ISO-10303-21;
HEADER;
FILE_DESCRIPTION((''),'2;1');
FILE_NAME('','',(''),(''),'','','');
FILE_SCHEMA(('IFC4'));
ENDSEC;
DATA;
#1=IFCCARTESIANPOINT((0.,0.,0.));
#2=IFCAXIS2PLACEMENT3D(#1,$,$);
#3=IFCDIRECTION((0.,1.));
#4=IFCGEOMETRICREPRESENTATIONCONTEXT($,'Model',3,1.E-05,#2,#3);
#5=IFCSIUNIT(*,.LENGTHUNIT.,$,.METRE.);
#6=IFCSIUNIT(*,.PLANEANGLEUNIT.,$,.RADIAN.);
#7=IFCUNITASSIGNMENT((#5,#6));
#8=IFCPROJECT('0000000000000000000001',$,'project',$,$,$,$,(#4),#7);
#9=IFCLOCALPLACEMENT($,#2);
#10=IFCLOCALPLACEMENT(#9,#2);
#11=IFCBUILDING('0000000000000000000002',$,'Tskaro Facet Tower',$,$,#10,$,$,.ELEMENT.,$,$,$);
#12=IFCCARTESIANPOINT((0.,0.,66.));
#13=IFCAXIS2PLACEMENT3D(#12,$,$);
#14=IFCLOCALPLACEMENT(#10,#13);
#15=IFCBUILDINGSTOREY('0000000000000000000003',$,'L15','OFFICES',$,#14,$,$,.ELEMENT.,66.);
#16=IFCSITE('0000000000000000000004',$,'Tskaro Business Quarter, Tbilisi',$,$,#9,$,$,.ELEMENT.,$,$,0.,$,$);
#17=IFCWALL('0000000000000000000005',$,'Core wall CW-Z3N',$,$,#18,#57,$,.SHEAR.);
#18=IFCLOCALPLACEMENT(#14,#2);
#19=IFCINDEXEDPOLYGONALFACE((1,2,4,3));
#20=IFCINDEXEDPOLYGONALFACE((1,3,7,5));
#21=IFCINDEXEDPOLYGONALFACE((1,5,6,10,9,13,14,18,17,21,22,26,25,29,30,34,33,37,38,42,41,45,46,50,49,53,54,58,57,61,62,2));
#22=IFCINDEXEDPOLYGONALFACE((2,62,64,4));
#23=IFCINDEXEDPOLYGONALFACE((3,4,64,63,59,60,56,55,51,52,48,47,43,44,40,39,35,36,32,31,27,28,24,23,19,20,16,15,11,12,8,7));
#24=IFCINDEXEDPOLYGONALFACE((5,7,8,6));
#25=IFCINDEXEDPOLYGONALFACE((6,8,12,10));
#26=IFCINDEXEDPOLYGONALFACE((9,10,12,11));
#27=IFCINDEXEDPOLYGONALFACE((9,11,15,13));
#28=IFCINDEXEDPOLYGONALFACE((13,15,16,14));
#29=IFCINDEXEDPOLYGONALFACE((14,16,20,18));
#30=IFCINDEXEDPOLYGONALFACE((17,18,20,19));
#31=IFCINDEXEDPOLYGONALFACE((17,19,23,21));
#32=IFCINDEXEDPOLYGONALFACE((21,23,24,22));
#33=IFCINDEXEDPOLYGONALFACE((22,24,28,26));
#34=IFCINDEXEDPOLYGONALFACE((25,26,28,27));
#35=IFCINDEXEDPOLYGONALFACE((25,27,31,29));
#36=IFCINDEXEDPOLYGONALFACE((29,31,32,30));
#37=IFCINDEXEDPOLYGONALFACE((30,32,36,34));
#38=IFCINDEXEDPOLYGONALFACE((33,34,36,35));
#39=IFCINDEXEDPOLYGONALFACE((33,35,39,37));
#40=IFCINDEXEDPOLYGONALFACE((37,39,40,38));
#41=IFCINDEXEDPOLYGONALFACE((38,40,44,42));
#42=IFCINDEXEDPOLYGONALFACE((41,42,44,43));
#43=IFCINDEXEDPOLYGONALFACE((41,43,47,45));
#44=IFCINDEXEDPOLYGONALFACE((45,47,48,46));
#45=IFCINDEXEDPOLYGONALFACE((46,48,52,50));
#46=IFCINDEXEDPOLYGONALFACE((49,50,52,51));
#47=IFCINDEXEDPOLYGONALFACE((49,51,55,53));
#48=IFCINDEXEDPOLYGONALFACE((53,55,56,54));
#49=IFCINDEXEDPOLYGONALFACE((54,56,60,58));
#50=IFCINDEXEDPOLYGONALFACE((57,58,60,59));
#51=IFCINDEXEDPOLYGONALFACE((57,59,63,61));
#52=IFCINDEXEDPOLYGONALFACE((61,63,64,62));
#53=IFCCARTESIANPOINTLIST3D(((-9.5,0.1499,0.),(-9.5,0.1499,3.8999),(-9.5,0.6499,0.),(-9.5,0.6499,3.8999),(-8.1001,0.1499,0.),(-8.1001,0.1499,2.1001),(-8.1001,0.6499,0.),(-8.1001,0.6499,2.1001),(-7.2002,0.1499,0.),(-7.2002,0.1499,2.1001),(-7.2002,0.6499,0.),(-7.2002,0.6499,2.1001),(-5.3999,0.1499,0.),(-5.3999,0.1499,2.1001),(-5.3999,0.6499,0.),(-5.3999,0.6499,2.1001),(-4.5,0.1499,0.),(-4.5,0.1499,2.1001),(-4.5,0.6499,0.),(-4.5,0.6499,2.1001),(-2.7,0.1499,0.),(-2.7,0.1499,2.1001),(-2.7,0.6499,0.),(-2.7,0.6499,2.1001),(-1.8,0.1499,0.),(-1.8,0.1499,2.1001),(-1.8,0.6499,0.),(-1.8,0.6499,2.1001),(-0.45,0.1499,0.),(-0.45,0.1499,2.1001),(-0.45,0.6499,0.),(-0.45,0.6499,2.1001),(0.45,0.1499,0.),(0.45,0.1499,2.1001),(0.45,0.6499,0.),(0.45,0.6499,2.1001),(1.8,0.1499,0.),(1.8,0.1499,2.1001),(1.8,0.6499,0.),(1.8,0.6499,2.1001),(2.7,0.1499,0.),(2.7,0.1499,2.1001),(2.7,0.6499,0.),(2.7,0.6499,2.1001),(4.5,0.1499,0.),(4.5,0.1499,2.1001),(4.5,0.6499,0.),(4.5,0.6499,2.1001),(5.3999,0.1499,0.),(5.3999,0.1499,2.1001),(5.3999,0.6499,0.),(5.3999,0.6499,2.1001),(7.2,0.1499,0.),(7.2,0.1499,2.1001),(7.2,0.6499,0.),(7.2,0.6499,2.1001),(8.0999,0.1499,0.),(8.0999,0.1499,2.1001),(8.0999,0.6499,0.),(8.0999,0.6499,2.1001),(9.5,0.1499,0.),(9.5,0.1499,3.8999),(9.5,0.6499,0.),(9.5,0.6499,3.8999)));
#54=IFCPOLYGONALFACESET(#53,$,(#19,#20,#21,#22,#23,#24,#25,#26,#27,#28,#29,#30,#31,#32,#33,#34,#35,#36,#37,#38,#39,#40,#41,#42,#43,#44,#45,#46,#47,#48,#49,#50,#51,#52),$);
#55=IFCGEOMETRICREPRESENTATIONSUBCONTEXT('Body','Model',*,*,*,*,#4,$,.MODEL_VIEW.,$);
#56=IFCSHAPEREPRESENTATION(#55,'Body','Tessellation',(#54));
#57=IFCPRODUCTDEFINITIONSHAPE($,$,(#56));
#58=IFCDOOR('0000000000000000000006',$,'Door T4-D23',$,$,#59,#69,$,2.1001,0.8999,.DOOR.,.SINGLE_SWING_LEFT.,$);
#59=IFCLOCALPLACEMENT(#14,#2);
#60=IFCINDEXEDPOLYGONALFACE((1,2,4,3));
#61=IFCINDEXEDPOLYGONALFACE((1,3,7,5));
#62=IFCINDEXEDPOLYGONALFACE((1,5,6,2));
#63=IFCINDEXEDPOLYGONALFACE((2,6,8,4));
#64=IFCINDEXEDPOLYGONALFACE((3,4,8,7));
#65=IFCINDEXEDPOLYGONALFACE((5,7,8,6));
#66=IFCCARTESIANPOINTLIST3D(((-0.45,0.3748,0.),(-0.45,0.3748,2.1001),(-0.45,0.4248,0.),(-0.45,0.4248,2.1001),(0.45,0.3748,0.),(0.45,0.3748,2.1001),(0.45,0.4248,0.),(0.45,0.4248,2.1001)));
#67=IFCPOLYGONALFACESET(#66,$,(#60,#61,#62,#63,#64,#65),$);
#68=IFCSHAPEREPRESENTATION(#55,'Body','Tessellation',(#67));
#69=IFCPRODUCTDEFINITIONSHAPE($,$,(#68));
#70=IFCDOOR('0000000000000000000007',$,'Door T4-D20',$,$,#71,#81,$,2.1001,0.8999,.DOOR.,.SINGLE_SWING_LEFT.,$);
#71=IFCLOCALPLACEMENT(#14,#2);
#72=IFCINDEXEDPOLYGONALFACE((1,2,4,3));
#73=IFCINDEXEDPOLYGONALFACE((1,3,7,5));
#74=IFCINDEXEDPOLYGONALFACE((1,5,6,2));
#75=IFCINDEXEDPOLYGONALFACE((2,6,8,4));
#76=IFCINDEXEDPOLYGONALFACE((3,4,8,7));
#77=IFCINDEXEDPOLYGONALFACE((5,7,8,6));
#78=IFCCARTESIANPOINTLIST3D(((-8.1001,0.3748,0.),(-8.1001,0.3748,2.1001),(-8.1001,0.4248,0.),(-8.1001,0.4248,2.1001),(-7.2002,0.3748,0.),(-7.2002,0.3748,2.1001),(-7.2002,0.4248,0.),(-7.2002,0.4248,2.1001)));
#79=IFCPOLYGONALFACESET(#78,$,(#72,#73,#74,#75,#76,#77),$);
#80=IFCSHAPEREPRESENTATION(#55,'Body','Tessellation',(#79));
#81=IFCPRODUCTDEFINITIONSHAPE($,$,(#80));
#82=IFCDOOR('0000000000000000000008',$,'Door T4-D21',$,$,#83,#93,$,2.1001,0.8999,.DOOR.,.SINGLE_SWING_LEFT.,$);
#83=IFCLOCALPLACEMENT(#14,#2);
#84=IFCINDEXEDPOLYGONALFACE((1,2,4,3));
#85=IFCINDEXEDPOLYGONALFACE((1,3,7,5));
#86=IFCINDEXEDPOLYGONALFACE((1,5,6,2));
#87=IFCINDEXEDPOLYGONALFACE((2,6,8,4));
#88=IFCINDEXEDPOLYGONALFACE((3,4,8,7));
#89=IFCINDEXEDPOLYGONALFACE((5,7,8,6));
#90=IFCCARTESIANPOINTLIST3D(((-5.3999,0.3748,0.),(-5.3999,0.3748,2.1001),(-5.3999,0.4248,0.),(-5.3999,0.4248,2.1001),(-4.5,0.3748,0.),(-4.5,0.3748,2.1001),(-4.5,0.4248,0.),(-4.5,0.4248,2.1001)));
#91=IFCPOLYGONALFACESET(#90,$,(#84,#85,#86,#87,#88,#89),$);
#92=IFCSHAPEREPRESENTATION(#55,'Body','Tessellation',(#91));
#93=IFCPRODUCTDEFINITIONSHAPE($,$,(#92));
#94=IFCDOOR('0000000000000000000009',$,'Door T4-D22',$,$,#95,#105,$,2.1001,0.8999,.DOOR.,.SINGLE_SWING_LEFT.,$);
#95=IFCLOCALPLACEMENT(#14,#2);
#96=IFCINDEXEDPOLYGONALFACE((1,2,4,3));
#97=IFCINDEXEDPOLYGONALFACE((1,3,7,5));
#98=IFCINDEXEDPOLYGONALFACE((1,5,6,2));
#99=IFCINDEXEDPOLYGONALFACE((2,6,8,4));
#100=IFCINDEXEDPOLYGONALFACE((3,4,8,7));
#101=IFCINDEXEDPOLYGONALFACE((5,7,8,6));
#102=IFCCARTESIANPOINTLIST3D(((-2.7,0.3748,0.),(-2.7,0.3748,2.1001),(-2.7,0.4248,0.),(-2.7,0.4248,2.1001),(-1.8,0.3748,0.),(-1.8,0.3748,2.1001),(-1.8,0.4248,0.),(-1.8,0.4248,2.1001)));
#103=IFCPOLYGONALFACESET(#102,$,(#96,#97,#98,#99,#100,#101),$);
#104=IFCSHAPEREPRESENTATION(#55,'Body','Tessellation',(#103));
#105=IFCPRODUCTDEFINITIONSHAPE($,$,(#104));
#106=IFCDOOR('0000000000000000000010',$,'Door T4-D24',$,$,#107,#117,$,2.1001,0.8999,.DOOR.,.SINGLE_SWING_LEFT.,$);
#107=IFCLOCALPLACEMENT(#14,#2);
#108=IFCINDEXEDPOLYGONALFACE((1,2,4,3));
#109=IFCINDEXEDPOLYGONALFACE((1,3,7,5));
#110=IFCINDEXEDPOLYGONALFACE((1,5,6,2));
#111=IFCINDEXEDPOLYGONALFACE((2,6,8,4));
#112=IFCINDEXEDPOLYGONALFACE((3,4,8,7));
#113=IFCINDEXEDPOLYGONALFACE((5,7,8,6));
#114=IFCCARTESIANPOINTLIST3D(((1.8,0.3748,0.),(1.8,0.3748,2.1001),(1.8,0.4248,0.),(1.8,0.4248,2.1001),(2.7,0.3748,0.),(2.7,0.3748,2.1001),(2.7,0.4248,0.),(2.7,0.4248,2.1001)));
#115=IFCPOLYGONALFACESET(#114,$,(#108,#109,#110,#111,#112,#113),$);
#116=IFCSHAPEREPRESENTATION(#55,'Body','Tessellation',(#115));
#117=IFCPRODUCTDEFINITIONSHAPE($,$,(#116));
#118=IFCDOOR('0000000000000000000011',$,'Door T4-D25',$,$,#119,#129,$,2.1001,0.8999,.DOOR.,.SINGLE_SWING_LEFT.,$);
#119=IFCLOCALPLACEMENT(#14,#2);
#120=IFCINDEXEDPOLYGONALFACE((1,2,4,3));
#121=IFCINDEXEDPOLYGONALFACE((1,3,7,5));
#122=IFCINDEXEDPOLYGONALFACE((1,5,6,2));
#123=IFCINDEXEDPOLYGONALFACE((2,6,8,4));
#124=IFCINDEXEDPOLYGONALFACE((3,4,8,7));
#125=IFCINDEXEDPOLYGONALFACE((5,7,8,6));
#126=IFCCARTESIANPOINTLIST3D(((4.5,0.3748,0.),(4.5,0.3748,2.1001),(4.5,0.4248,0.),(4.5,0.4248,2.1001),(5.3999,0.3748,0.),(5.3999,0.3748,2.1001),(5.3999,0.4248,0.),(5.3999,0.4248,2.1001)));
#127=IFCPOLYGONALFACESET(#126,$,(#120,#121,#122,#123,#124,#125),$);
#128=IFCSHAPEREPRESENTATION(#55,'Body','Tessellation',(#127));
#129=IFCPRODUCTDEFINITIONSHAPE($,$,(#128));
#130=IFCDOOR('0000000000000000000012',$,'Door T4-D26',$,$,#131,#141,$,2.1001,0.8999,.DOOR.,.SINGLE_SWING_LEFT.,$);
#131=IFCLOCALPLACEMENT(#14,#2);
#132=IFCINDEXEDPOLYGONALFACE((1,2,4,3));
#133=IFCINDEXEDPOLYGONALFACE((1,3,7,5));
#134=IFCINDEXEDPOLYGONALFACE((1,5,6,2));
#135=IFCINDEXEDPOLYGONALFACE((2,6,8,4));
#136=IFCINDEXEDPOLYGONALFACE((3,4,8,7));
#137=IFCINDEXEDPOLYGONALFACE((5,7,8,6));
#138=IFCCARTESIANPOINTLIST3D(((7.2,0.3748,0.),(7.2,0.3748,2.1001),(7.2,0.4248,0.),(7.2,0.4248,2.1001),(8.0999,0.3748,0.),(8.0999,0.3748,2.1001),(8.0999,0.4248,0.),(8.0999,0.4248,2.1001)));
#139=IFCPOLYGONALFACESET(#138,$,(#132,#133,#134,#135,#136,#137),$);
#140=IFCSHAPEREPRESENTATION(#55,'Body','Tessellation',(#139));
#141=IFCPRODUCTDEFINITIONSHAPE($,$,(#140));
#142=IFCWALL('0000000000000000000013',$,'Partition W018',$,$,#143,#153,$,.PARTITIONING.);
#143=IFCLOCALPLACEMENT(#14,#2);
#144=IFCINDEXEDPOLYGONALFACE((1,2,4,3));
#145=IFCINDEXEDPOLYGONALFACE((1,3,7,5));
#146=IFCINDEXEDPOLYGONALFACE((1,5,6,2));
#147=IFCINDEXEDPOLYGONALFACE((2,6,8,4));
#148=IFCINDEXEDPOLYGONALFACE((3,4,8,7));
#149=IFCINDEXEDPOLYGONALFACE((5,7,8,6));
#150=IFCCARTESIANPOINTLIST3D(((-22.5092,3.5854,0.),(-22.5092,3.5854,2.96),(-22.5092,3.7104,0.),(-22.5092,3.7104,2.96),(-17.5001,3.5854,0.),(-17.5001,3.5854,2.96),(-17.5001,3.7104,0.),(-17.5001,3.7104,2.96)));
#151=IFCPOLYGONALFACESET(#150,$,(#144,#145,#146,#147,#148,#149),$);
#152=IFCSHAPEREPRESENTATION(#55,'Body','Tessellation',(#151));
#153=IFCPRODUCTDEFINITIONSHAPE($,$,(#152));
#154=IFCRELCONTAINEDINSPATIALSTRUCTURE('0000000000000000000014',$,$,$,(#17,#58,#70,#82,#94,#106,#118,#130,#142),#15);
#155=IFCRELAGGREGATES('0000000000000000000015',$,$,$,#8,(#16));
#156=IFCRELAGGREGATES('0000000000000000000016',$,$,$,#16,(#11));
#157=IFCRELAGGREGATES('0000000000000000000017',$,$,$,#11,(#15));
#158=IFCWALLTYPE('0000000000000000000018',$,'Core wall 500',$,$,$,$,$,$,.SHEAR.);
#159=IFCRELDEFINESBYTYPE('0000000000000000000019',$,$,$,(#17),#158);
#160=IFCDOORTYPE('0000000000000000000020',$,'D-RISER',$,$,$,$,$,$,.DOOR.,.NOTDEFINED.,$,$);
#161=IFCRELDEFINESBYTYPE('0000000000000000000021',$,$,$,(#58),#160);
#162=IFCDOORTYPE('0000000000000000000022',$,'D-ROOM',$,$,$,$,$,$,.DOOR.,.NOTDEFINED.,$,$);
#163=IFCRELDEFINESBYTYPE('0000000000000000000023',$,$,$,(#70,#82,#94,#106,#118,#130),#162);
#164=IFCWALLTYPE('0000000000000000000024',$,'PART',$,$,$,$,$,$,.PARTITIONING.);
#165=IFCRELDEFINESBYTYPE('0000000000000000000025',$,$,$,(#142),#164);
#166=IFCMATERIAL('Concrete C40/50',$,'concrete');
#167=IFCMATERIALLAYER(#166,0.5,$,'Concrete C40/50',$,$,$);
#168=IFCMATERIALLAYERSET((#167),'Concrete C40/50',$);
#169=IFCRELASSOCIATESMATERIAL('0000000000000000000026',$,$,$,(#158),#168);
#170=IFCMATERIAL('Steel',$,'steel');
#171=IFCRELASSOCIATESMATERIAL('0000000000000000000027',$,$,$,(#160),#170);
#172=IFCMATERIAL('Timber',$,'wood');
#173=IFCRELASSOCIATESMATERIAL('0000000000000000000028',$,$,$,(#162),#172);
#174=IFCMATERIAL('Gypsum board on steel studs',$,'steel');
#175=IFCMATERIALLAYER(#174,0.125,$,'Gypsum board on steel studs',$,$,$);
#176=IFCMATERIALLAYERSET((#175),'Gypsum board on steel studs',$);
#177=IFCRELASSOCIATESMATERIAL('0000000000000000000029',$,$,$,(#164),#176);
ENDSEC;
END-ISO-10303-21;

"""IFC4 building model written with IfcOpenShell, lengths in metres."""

from ifc_helpers import new_model, si_unit, direction, frame, frame_2d, origin, place, context, subcontext, project, spatial, rectangle, extrude, material, layer, layer_set, type_object, element, fill, save


model = new_model("IFC4")

# Units and contexts
model_context = context("Model", 3, precision=1e-05, world=origin(), true_north=direction((0.0, 1.0)))
body_context = subcontext(model_context, "Body", "Model", "MODEL_VIEW")
ifc_project = project(units=[si_unit("LENGTHUNIT", "METRE"), si_unit("PLANEANGLEUNIT", "RADIAN")], contexts=[model_context])

# Site, building, storey
site_placement = place(None, origin())
site = spatial("IfcSite", under=ifc_project, at=site_placement, Name="Tskaro Business Quarter, Tbilisi", CompositionType="ELEMENT", RefElevation=0.0)
building_placement = place(site_placement, origin())
building = spatial("IfcBuilding", under=site, at=building_placement, Name="Tskaro Facet Tower", CompositionType="ELEMENT")
storey_placement = place(building_placement, frame((0.0, 0.0, 66.0)))
storey = spatial("IfcBuildingStorey", under=building, at=storey_placement, Name="L15", Description="OFFICES", CompositionType="ELEMENT", Elevation=66.0)

# Wall, openings, doors
ifc_material_1 = material(Name="Concrete C40/50", Category="concrete")
ifc_layer_1 = layer(ifc_material_1, 0.5, Name="Concrete C40/50")
ifc_layer_set_1 = layer_set([ifc_layer_1], Name="Concrete C40/50")
wall_type_1 = type_object("IfcWallType", Name="Core wall 500", PredefinedType="SHEAR", material=ifc_layer_set_1)
wall_1_placement = place(storey_placement, frame((-9.5, 0.3999, 0.0), z_axis=(0.0, 0.0, 1.0), x_axis=(1.0, 0.0, 0.0)))
wall_1 = element("IfcWall", 1, at=wall_1_placement, inside=storey, type_object=wall_type_1, Name="Core wall CW-Z3N", PredefinedType="SHEAR", context=body_context, shape_type="SweptSolid", body=[
    extrude(rectangle(XDim=19.0, YDim=0.5, at=frame_2d((9.5, 0.0))), origin(), (0.0, 0.0, 1.0), 3.8999),
])
opening_1_placement = place(wall_1_placement, frame((1.3999, 0.0, 0.0)))
opening_1 = element("IfcOpeningElement", 2, at=opening_1_placement, cuts=wall_1, PredefinedType="OPENING", context=body_context, shape_type="SweptSolid", body=[
    extrude(rectangle(XDim=0.8999, YDim=2.1001, at=frame_2d((0.45, 1.05))), frame((0.0, 0.26, 0.0), z_axis=(0.0, -1.0, 0.0), x_axis=(1.0, 0.0, 0.0)), (0.0, 0.0, 1.0), 0.52),
])
opening_2_placement = place(wall_1_placement, frame((4.1001, 0.0, 0.0)))
opening_2 = element("IfcOpeningElement", 3, at=opening_2_placement, cuts=wall_1, PredefinedType="OPENING", context=body_context, shape_type="SweptSolid", body=[
    extrude(rectangle(XDim=0.8999, YDim=2.1001, at=frame_2d((0.45, 1.05))), frame((0.0, 0.26, 0.0), z_axis=(0.0, -1.0, 0.0), x_axis=(1.0, 0.0, 0.0)), (0.0, 0.0, 1.0), 0.52),
])
opening_3_placement = place(wall_1_placement, frame((6.8, 0.0, 0.0)))
opening_3 = element("IfcOpeningElement", 4, at=opening_3_placement, cuts=wall_1, PredefinedType="OPENING", context=body_context, shape_type="SweptSolid", body=[
    extrude(rectangle(XDim=0.8999, YDim=2.1001, at=frame_2d((0.45, 1.05))), frame((0.0, 0.26, 0.0), z_axis=(0.0, -1.0, 0.0), x_axis=(1.0, 0.0, 0.0)), (0.0, 0.0, 1.0), 0.52),
])
opening_4_placement = place(wall_1_placement, frame((11.3, 0.0, 0.0)))
opening_4 = element("IfcOpeningElement", 5, at=opening_4_placement, cuts=wall_1, PredefinedType="OPENING", context=body_context, shape_type="SweptSolid", body=[
    extrude(rectangle(XDim=0.8999, YDim=2.1001, at=frame_2d((0.45, 1.05))), frame((0.0, 0.26, 0.0), z_axis=(0.0, -1.0, 0.0), x_axis=(1.0, 0.0, 0.0)), (0.0, 0.0, 1.0), 0.52),
])
opening_5_placement = place(wall_1_placement, frame((14.0, 0.0, 0.0)))
opening_5 = element("IfcOpeningElement", 6, at=opening_5_placement, cuts=wall_1, PredefinedType="OPENING", context=body_context, shape_type="SweptSolid", body=[
    extrude(rectangle(XDim=0.8999, YDim=2.1001, at=frame_2d((0.45, 1.05))), frame((0.0, 0.26, 0.0), z_axis=(0.0, -1.0, 0.0), x_axis=(1.0, 0.0, 0.0)), (0.0, 0.0, 1.0), 0.52),
])
opening_6_placement = place(wall_1_placement, frame((16.7, 0.0, 0.0)))
opening_6 = element("IfcOpeningElement", 7, at=opening_6_placement, cuts=wall_1, PredefinedType="OPENING", context=body_context, shape_type="SweptSolid", body=[
    extrude(rectangle(XDim=0.8999, YDim=2.1001, at=frame_2d((0.45, 1.05))), frame((0.0, 0.26, 0.0), z_axis=(0.0, -1.0, 0.0), x_axis=(1.0, 0.0, 0.0)), (0.0, 0.0, 1.0), 0.52),
])
opening_7_placement = place(wall_1_placement, frame((9.05, 0.0, 0.0)))
opening_7 = element("IfcOpeningElement", 8, at=opening_7_placement, cuts=wall_1, PredefinedType="OPENING", context=body_context, shape_type="SweptSolid", body=[
    extrude(rectangle(XDim=0.8999, YDim=2.1001, at=frame_2d((0.45, 1.05))), frame((0.0, 0.26, 0.0), z_axis=(0.0, -1.0, 0.0), x_axis=(1.0, 0.0, 0.0)), (0.0, 0.0, 1.0), 0.52),
])
ifc_material_2 = material(Name="Steel", Category="steel")
door_type_1 = type_object("IfcDoorType", Name="D-RISER", OperationType="NOTDEFINED", PredefinedType="DOOR", material=ifc_material_2)
door_1_placement = place(opening_7_placement, origin())
door_1 = element("IfcDoor", 9, at=door_1_placement, inside=storey, type_object=door_type_1, Name="Door T4-D23", OperationType="SINGLE_SWING_LEFT", OverallHeight=2.1001, OverallWidth=0.8999, PredefinedType="DOOR", context=body_context, shape_type="SweptSolid", body=[
    extrude(rectangle(XDim=0.8999, YDim=2.1001, at=frame_2d((0.45, 1.05))), frame((0.0, 0.0249, 0.0), z_axis=(0.0, -1.0, 0.0), x_axis=(1.0, 0.0, 0.0)), (0.0, 0.0, 1.0), 0.05),
])
fill(opening_7, door_1)
ifc_material_3 = material(Name="Timber", Category="wood")
door_type_2 = type_object("IfcDoorType", Name="D-ROOM", OperationType="NOTDEFINED", PredefinedType="DOOR", material=ifc_material_3)
door_2_placement = place(opening_1_placement, origin())
door_2 = element("IfcDoor", 10, at=door_2_placement, inside=storey, type_object=door_type_2, Name="Door T4-D20", OperationType="SINGLE_SWING_LEFT", OverallHeight=2.1001, OverallWidth=0.8999, PredefinedType="DOOR", context=body_context, shape_type="SweptSolid", body=[
    extrude(rectangle(XDim=0.8999, YDim=2.1001, at=frame_2d((0.45, 1.05))), frame((0.0, 0.0249, 0.0), z_axis=(0.0, -1.0, 0.0), x_axis=(1.0, 0.0, 0.0)), (0.0, 0.0, 1.0), 0.05),
])
fill(opening_1, door_2)
door_3_placement = place(opening_2_placement, origin())
door_3 = element("IfcDoor", 11, at=door_3_placement, inside=storey, type_object=door_type_2, Name="Door T4-D21", OperationType="SINGLE_SWING_LEFT", OverallHeight=2.1001, OverallWidth=0.8999, PredefinedType="DOOR", context=body_context, shape_type="SweptSolid", body=[
    extrude(rectangle(XDim=0.8999, YDim=2.1001, at=frame_2d((0.45, 1.05))), frame((0.0, 0.0249, 0.0), z_axis=(0.0, -1.0, 0.0), x_axis=(1.0, 0.0, 0.0)), (0.0, 0.0, 1.0), 0.05),
])
fill(opening_2, door_3)
door_4_placement = place(opening_3_placement, origin())
door_4 = element("IfcDoor", 12, at=door_4_placement, inside=storey, type_object=door_type_2, Name="Door T4-D22", OperationType="SINGLE_SWING_LEFT", OverallHeight=2.1001, OverallWidth=0.8999, PredefinedType="DOOR", context=body_context, shape_type="SweptSolid", body=[
    extrude(rectangle(XDim=0.8999, YDim=2.1001, at=frame_2d((0.45, 1.05))), frame((0.0, 0.0249, 0.0), z_axis=(0.0, -1.0, 0.0), x_axis=(1.0, 0.0, 0.0)), (0.0, 0.0, 1.0), 0.05),
])
fill(opening_3, door_4)
door_5_placement = place(opening_4_placement, origin())
door_5 = element("IfcDoor", 13, at=door_5_placement, inside=storey, type_object=door_type_2, Name="Door T4-D24", OperationType="SINGLE_SWING_LEFT", OverallHeight=2.1001, OverallWidth=0.8999, PredefinedType="DOOR", context=body_context, shape_type="SweptSolid", body=[
    extrude(rectangle(XDim=0.8999, YDim=2.1001, at=frame_2d((0.45, 1.05))), frame((0.0, 0.0249, 0.0), z_axis=(0.0, -1.0, 0.0), x_axis=(1.0, 0.0, 0.0)), (0.0, 0.0, 1.0), 0.05),
])
fill(opening_4, door_5)
door_6_placement = place(opening_5_placement, origin())
door_6 = element("IfcDoor", 14, at=door_6_placement, inside=storey, type_object=door_type_2, Name="Door T4-D25", OperationType="SINGLE_SWING_LEFT", OverallHeight=2.1001, OverallWidth=0.8999, PredefinedType="DOOR", context=body_context, shape_type="SweptSolid", body=[
    extrude(rectangle(XDim=0.8999, YDim=2.1001, at=frame_2d((0.45, 1.05))), frame((0.0, 0.0249, 0.0), z_axis=(0.0, -1.0, 0.0), x_axis=(1.0, 0.0, 0.0)), (0.0, 0.0, 1.0), 0.05),
])
fill(opening_5, door_6)
door_7_placement = place(opening_6_placement, origin())
door_7 = element("IfcDoor", 15, at=door_7_placement, inside=storey, type_object=door_type_2, Name="Door T4-D26", OperationType="SINGLE_SWING_LEFT", OverallHeight=2.1001, OverallWidth=0.8999, PredefinedType="DOOR", context=body_context, shape_type="SweptSolid", body=[
    extrude(rectangle(XDim=0.8999, YDim=2.1001, at=frame_2d((0.45, 1.05))), frame((0.0, 0.0249, 0.0), z_axis=(0.0, -1.0, 0.0), x_axis=(1.0, 0.0, 0.0)), (0.0, 0.0, 1.0), 0.05),
])
fill(opening_6, door_7)

# Wall
ifc_material_4 = material(Name="Gypsum board on steel studs", Category="steel")
ifc_layer_2 = layer(ifc_material_4, 0.125, Name="Gypsum board on steel studs")
ifc_layer_set_2 = layer_set([ifc_layer_2], Name="Gypsum board on steel studs")
wall_type_2 = type_object("IfcWallType", Name="PART", PredefinedType="PARTITIONING", material=ifc_layer_set_2)
wall_2_placement = place(storey_placement, frame((-22.509, 3.6479, 0.0), z_axis=(0.0, 0.0, 1.0), x_axis=(1.0, 0.0, 0.0)))
element("IfcWall", 16, at=wall_2_placement, inside=storey, type_object=wall_type_2, Name="Partition W018", PredefinedType="PARTITIONING", context=body_context, shape_type="SweptSolid", body=[
    extrude(rectangle(XDim=5.009, YDim=0.125, at=frame_2d((2.5044, 0.0))), origin(), (0.0, 0.0, 1.0), 2.96),
])

save(model, "model.ifc")
